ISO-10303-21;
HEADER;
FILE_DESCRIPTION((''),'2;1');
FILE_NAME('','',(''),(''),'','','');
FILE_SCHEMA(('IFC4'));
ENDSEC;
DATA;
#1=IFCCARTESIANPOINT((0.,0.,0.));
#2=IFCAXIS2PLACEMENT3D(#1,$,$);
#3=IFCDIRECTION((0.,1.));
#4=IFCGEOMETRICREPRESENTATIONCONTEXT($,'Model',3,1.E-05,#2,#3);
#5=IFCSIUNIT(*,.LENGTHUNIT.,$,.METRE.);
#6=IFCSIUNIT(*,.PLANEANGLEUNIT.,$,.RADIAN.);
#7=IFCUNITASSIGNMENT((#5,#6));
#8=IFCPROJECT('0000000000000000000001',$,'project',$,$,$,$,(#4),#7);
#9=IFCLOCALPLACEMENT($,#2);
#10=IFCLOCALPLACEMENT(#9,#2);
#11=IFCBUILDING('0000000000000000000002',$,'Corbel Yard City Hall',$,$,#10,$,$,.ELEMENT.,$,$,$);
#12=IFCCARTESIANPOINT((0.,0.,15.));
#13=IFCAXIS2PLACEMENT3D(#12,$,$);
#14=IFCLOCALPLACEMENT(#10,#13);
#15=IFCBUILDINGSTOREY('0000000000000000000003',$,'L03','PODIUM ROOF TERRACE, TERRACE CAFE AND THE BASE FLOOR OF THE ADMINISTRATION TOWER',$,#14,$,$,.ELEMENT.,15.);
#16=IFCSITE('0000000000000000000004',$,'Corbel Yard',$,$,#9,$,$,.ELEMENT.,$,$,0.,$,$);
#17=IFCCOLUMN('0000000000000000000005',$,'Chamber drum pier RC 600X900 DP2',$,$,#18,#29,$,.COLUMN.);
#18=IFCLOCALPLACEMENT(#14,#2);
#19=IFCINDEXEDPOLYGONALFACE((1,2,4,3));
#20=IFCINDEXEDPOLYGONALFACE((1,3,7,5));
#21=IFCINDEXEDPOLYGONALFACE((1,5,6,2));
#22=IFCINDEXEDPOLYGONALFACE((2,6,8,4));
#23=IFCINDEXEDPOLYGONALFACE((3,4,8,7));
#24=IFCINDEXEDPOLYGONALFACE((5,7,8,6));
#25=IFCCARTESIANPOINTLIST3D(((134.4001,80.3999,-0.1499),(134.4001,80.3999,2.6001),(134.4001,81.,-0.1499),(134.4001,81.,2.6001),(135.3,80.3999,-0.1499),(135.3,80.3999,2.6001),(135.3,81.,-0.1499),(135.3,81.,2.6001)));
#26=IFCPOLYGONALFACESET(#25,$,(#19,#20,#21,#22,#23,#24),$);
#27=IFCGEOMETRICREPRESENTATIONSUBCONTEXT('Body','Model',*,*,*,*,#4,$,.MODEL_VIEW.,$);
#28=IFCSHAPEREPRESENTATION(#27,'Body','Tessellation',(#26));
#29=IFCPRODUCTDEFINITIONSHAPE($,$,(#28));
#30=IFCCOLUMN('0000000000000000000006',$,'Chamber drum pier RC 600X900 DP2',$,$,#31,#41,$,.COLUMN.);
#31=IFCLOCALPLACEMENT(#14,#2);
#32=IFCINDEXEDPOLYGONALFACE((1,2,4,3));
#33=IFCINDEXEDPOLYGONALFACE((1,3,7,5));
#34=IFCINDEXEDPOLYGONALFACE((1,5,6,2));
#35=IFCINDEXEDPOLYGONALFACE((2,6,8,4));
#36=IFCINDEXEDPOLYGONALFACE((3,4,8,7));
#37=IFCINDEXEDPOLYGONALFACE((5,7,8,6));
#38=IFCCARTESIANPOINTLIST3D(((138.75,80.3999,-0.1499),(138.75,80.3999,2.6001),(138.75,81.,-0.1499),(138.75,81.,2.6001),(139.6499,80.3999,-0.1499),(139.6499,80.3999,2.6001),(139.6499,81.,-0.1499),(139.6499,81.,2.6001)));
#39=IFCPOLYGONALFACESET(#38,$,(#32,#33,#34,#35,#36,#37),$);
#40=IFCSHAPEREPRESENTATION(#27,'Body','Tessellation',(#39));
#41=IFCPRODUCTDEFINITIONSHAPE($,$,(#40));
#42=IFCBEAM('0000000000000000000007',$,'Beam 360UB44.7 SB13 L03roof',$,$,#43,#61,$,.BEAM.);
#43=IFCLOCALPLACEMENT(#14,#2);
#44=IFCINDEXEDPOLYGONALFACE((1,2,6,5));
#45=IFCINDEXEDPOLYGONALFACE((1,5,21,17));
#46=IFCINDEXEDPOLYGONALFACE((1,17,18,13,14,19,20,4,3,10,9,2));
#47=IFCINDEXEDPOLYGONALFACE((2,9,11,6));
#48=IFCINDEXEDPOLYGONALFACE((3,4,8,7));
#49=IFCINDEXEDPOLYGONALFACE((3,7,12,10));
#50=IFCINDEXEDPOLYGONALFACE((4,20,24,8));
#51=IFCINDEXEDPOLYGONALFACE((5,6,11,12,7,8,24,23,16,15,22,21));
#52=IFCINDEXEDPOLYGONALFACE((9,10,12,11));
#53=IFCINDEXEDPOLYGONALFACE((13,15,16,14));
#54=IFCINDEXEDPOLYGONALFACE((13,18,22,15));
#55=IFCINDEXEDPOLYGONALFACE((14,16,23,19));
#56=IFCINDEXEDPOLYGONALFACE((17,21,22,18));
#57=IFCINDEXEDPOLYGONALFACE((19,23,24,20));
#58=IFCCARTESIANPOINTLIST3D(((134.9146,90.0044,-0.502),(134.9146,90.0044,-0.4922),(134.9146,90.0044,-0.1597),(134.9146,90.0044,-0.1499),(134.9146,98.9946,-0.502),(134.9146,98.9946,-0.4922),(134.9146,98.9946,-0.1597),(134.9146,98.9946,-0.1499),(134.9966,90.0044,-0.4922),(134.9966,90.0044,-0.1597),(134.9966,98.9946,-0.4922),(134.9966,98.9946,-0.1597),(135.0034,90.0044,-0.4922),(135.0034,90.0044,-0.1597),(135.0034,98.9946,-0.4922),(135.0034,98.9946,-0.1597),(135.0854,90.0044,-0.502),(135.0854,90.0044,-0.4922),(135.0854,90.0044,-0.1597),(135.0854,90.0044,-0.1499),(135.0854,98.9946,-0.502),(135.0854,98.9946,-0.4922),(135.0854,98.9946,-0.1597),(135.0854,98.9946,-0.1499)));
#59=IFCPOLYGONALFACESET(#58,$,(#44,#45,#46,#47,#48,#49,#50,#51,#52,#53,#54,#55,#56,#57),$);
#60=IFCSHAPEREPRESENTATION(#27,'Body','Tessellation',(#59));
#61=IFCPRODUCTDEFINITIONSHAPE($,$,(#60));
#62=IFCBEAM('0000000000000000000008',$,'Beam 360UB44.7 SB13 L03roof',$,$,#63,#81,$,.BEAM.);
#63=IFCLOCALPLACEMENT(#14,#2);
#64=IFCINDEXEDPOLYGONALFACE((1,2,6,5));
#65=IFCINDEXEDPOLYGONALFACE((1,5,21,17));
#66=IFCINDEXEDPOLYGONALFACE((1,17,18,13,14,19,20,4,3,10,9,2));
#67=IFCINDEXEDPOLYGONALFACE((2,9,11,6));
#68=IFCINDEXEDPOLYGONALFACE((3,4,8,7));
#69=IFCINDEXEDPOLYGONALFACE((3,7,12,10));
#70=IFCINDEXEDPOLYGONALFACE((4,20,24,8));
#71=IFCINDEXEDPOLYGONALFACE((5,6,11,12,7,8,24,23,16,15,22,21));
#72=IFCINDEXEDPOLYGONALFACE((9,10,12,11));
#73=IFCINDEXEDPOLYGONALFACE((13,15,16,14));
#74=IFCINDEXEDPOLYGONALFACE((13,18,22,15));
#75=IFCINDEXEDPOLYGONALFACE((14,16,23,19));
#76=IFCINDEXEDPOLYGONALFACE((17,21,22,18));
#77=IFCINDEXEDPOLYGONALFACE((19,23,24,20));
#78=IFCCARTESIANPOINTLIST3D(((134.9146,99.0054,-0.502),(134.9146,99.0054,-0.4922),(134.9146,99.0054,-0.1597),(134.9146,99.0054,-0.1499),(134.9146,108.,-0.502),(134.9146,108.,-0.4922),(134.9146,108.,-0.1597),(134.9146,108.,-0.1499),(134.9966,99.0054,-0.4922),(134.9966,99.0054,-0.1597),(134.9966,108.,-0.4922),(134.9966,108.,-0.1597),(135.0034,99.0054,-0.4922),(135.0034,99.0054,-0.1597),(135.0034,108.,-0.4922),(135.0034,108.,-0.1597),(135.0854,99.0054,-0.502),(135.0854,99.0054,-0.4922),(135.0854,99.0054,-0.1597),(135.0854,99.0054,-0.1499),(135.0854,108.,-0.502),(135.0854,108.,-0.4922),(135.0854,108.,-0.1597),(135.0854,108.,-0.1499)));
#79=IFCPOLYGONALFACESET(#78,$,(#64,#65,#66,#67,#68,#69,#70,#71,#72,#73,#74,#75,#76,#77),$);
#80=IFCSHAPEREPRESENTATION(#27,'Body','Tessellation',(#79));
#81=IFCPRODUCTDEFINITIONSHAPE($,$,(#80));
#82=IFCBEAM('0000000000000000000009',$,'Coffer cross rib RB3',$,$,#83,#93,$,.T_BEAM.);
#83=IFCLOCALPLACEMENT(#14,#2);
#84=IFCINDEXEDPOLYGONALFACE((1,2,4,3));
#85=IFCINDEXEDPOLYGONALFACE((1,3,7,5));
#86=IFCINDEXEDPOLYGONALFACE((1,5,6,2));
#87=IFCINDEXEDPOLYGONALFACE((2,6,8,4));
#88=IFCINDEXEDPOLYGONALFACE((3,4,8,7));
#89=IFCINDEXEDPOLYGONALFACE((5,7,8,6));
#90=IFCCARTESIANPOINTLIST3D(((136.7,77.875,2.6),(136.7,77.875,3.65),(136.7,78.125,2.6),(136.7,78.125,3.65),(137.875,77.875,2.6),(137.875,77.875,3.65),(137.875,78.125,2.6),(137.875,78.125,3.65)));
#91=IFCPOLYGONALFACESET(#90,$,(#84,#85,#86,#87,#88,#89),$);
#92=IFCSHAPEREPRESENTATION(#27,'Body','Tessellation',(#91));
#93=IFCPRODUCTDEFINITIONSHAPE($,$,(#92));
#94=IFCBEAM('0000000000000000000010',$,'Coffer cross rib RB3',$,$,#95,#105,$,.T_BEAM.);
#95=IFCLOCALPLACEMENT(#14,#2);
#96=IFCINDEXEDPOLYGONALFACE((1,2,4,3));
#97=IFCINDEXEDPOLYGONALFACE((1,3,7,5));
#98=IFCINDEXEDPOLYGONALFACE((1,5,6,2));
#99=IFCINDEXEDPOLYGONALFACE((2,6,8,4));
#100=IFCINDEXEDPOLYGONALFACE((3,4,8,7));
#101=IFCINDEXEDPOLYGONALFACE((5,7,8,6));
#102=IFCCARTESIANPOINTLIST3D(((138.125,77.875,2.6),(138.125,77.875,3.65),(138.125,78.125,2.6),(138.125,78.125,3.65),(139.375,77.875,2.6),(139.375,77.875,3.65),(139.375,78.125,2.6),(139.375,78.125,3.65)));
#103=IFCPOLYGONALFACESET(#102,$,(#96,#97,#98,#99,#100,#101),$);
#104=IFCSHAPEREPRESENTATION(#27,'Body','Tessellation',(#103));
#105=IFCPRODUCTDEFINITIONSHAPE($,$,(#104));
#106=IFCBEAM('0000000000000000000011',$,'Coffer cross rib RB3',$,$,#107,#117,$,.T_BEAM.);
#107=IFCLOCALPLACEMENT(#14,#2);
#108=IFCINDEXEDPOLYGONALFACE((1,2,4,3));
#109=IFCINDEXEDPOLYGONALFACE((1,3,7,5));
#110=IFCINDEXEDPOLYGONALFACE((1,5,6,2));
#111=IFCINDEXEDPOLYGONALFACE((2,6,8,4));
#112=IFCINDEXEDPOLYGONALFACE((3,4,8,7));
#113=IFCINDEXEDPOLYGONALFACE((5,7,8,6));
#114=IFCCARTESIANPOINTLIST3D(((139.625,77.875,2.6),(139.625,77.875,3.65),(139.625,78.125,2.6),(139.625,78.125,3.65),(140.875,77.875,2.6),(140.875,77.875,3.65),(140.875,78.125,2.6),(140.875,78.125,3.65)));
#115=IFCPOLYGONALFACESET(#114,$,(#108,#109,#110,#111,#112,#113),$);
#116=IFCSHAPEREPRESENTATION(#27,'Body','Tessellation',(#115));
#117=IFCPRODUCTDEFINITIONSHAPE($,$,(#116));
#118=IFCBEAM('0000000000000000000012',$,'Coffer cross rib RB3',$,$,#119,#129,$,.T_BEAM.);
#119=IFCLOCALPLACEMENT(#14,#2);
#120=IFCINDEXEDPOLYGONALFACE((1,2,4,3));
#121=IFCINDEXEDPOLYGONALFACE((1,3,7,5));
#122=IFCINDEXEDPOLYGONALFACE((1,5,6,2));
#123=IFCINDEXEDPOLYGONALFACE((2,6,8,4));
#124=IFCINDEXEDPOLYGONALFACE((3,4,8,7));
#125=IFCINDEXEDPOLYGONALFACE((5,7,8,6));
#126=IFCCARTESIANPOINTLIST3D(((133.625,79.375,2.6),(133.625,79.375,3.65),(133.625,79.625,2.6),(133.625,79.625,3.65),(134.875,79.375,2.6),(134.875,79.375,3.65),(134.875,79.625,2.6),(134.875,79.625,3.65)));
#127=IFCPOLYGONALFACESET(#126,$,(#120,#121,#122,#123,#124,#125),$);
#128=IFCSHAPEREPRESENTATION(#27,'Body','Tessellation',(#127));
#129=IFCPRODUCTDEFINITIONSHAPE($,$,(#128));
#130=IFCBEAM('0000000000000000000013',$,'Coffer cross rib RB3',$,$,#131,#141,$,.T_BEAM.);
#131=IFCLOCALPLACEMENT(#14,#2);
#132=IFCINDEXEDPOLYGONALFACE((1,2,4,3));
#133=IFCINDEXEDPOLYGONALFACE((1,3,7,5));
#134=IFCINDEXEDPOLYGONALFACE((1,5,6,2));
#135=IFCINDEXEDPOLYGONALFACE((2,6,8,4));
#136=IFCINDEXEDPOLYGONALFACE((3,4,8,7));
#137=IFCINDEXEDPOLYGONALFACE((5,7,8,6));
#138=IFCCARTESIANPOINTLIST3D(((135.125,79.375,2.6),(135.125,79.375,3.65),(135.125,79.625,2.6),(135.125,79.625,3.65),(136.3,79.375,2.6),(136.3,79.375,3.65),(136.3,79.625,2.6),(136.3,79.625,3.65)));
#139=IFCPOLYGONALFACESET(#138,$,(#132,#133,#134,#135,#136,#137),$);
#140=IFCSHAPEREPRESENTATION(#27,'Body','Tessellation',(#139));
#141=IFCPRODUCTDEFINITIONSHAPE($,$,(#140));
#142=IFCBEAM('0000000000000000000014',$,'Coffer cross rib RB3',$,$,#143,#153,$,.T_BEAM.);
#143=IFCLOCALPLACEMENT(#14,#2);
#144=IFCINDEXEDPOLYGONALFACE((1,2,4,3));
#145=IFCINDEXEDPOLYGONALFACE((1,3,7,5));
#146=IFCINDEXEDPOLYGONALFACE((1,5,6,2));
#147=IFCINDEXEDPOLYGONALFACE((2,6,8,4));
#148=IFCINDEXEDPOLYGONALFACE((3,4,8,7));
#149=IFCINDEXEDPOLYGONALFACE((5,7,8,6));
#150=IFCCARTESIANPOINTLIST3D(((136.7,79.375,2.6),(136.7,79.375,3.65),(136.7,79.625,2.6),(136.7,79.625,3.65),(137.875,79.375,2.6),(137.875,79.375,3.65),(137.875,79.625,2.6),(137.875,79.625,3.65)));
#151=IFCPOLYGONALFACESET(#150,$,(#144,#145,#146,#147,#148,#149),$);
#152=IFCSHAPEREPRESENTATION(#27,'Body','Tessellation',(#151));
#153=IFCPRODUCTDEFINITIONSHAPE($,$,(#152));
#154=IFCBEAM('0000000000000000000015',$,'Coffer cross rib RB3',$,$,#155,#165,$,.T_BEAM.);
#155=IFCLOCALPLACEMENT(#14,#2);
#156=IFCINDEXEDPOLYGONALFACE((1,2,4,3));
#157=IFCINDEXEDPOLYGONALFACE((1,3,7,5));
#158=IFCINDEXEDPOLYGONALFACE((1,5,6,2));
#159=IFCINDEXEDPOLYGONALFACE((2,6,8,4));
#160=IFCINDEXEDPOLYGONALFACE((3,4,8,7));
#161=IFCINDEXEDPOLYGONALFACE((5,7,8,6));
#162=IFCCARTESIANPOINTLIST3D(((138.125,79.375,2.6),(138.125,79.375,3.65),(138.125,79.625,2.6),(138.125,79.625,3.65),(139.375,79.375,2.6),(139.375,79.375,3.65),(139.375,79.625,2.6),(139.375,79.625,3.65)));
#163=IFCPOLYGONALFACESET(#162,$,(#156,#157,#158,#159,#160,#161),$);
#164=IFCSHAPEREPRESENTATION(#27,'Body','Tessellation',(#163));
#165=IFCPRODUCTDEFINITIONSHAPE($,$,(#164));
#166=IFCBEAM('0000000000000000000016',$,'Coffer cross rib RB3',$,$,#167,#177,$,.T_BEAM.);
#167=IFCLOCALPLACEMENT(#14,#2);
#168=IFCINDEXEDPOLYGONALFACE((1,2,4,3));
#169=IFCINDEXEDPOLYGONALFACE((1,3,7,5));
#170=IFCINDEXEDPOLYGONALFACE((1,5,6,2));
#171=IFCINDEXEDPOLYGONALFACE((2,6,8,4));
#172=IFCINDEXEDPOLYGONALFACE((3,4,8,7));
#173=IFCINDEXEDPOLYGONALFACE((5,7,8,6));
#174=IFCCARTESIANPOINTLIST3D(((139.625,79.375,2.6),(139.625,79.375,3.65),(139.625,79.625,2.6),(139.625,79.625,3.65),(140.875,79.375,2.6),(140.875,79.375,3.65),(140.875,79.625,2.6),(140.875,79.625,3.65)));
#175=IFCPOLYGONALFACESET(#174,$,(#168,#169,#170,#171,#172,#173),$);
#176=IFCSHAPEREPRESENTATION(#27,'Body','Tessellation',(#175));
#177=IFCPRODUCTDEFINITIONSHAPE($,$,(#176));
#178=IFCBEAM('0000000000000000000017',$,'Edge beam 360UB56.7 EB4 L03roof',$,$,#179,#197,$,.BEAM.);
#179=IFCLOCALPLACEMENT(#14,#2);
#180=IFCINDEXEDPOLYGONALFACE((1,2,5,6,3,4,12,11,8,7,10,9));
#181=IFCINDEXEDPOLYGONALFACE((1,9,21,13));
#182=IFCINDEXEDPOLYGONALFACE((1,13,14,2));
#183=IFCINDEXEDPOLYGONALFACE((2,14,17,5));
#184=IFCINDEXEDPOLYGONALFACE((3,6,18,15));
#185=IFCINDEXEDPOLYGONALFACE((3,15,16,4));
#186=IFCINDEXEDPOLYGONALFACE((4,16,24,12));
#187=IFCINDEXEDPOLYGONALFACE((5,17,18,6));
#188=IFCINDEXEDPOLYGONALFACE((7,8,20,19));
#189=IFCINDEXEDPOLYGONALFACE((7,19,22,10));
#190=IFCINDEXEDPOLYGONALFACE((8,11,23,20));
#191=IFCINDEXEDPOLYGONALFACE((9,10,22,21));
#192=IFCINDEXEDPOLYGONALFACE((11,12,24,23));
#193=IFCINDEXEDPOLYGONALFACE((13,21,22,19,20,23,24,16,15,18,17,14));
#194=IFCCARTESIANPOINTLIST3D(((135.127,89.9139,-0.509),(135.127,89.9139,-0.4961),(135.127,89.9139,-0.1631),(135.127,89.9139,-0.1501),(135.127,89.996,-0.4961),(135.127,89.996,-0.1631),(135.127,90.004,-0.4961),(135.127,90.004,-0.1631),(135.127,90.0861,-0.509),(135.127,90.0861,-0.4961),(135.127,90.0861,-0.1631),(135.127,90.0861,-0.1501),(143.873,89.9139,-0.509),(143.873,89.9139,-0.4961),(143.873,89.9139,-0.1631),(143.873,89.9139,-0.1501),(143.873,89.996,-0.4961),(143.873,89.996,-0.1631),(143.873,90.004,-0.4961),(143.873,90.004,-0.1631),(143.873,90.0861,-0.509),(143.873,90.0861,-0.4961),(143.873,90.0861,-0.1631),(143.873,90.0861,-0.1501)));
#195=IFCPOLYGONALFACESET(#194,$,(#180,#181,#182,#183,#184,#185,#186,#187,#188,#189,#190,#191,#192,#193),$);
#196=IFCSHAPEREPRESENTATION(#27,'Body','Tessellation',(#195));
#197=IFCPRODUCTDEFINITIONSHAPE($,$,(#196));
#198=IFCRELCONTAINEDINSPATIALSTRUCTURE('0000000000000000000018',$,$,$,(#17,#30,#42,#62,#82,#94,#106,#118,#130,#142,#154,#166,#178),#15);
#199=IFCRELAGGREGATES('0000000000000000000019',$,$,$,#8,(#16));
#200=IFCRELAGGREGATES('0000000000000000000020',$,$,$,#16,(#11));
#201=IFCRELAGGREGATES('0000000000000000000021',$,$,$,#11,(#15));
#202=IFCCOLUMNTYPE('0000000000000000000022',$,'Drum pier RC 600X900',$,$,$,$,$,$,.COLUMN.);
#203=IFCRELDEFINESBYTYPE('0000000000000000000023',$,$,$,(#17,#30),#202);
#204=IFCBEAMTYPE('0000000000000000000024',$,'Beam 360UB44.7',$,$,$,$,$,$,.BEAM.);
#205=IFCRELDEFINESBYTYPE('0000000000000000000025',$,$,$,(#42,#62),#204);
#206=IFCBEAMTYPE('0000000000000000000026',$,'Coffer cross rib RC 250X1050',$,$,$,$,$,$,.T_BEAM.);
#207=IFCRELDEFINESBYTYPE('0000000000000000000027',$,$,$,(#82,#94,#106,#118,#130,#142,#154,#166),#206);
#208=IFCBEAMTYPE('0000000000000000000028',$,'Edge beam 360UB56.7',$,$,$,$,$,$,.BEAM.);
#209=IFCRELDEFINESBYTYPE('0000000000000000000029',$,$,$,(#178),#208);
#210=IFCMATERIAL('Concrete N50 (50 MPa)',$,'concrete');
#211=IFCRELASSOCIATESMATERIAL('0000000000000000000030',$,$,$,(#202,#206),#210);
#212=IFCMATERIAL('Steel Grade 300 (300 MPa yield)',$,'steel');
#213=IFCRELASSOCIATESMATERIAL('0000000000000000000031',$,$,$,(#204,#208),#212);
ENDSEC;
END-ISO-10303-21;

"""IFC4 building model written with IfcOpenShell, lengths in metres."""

from ifc_helpers import new_model, si_unit, direction, frame, origin, origin_2d, place, context, subcontext, project, spatial, rectangle, i_section, extrude, material, material_profile, profile_set, type_object, element, save


model = new_model("IFC4")

# Units and contexts
model_context = context("Model", 3, precision=1e-05, world=origin(), true_north=direction((0.0, 1.0)))
body_context = subcontext(model_context, "Body", "Model", "MODEL_VIEW")
ifc_project = project(units=[si_unit("LENGTHUNIT", "METRE"), si_unit("PLANEANGLEUNIT", "RADIAN")], contexts=[model_context])

# Site, building, storey
site_placement = place(None, origin())
site = spatial("IfcSite", under=ifc_project, at=site_placement, Name="Corbel Yard", CompositionType="ELEMENT", RefElevation=0.0)
building_placement = place(site_placement, origin())
building = spatial("IfcBuilding", under=site, at=building_placement, Name="Corbel Yard City Hall", CompositionType="ELEMENT")
storey_placement = place(building_placement, frame((0.0, 0.0, 15.0)))
storey = spatial("IfcBuildingStorey", under=building, at=storey_placement, Name="L03", Description="PODIUM ROOF TERRACE, TERRACE CAFE AND THE BASE FLOOR OF THE ADMINISTRATION TOWER", CompositionType="ELEMENT", Elevation=15.0)

# Columns
ifc_material_1 = material(Name="Concrete N50 (50 MPa)", Category="concrete")
ifc_material_profile_1 = material_profile(ifc_material_1, rectangle(XDim=0.6001, YDim=0.8999, at=origin_2d()), Name="600x900")
ifc_profile_set_1 = profile_set([ifc_material_profile_1], Name="Concrete N50 (50 MPa)")
column_type = type_object("IfcColumnType", Name="Drum pier RC 600X900", PredefinedType="COLUMN", material=ifc_profile_set_1)
for number, where, z_axis, x_axis, name in (
    (1, (134.8501, 80.7, -0.1499), (0.0, 0.0, 1.0), (0.0, 1.0, 0.0), "Chamber drum pier RC 600X900 DP2"),
    (2, (139.2, 80.7, -0.1499), (0.0, 0.0, 1.0), (0.0, 1.0, 0.0), "Chamber drum pier RC 600X900 DP2"),
):
    element("IfcColumn", number, at=place(storey_placement, frame(where, z_axis=z_axis, x_axis=x_axis)), inside=storey, type_object=column_type, Name=name, PredefinedType="COLUMN", context=body_context, shape_type="SweptSolid", body=[
        extrude(rectangle(XDim=0.6001, YDim=0.8999, at=origin_2d()), origin(), (0.0, 0.0, 1.0), 2.75),
    ])

# Beams
ifc_material_2 = material(Name="Steel Grade 300 (300 MPa yield)", Category="steel")
ifc_material_profile_2 = material_profile(ifc_material_2, i_section(OverallWidth=0.1709, OverallDepth=0.3521, WebThickness=0.0068, FlangeThickness=0.0098, at=origin_2d()), Name="360UB44.7")
ifc_profile_set_2 = profile_set([ifc_material_profile_2], Name="Steel Grade 300 (300 MPa yield)")
beam_type_1 = type_object("IfcBeamType", Name="Beam 360UB44.7", PredefinedType="BEAM", material=ifc_profile_set_2)
beam_1_placement = place(storey_placement, frame((135.0, 90.0044, -0.3259), z_axis=(0.0, 1.0, 0.0), x_axis=(-1.0, 0.0, 0.0)))
element("IfcBeam", 3, at=beam_1_placement, inside=storey, type_object=beam_type_1, Name="Beam 360UB44.7 SB13 L03roof", PredefinedType="BEAM", context=body_context, shape_type="SweptSolid", body=[
    extrude(i_section(OverallWidth=0.1709, OverallDepth=0.3521, WebThickness=0.0068, FlangeThickness=0.0098, at=origin_2d()), origin(), (0.0, 0.0, 1.0), 8.9902),
])
beam_2_placement = place(storey_placement, frame((135.0, 99.0054, -0.3259), z_axis=(0.0, 1.0, 0.0), x_axis=(-1.0, 0.0, 0.0)))
element("IfcBeam", 4, at=beam_2_placement, inside=storey, type_object=beam_type_1, Name="Beam 360UB44.7 SB13 L03roof", PredefinedType="BEAM", context=body_context, shape_type="SweptSolid", body=[
    extrude(i_section(OverallWidth=0.1709, OverallDepth=0.3521, WebThickness=0.0068, FlangeThickness=0.0098, at=origin_2d()), origin(), (0.0, 0.0, 1.0), 8.9946),
])
ifc_material_profile_3 = material_profile(ifc_material_1, rectangle(XDim=0.25, YDim=1.05, at=origin_2d()), Name="250x1050")
ifc_profile_set_3 = profile_set([ifc_material_profile_3], Name="Concrete N50 (50 MPa)")
beam_type_2 = type_object("IfcBeamType", Name="Coffer cross rib RC 250X1050", PredefinedType="T_BEAM", material=ifc_profile_set_3)
beam_3_placement = place(storey_placement, frame((136.7, 78.0, 3.125), z_axis=(1.0, 0.0, 0.0), x_axis=(0.0, 1.0, 0.0)))
element("IfcBeam", 5, at=beam_3_placement, inside=storey, type_object=beam_type_2, Name="Coffer cross rib RB3", PredefinedType="T_BEAM", context=body_context, shape_type="SweptSolid", body=[
    extrude(rectangle(XDim=0.25, YDim=1.05, at=origin_2d()), origin(), (0.0, 0.0, 1.0), 1.175),
])
for number, where, z_axis, x_axis, name in (
    (6, (138.125, 78.0, 3.125), (1.0, 0.0, 0.0), (0.0, 1.0, 0.0), "Coffer cross rib RB3"),
    (7, (139.625, 78.0, 3.125), (1.0, 0.0, 0.0), (0.0, 1.0, 0.0), "Coffer cross rib RB3"),
    (8, (133.625, 79.5, 3.125), (1.0, 0.0, 0.0), (0.0, 1.0, 0.0), "Coffer cross rib RB3"),
):
    element("IfcBeam", number, at=place(storey_placement, frame(where, z_axis=z_axis, x_axis=x_axis)), inside=storey, type_object=beam_type_2, Name=name, PredefinedType="T_BEAM", context=body_context, shape_type="SweptSolid", body=[
        extrude(rectangle(XDim=0.25, YDim=1.05, at=origin_2d()), origin(), (0.0, 0.0, 1.0), 1.25),
    ])
for number, where, z_axis, x_axis, name in (
    (9, (135.125, 79.5, 3.125), (1.0, 0.0, 0.0), (0.0, 1.0, 0.0), "Coffer cross rib RB3"),
    (10, (136.7, 79.5, 3.125), (1.0, 0.0, 0.0), (0.0, 1.0, 0.0), "Coffer cross rib RB3"),
):
    element("IfcBeam", number, at=place(storey_placement, frame(where, z_axis=z_axis, x_axis=x_axis)), inside=storey, type_object=beam_type_2, Name=name, PredefinedType="T_BEAM", context=body_context, shape_type="SweptSolid", body=[
        extrude(rectangle(XDim=0.25, YDim=1.05, at=origin_2d()), origin(), (0.0, 0.0, 1.0), 1.175),
    ])
for number, where, z_axis, x_axis, name in (
    (11, (138.125, 79.5, 3.125), (1.0, 0.0, 0.0), (0.0, 1.0, 0.0), "Coffer cross rib RB3"),
    (12, (139.625, 79.5, 3.125), (1.0, 0.0, 0.0), (0.0, 1.0, 0.0), "Coffer cross rib RB3"),
):
    element("IfcBeam", number, at=place(storey_placement, frame(where, z_axis=z_axis, x_axis=x_axis)), inside=storey, type_object=beam_type_2, Name=name, PredefinedType="T_BEAM", context=body_context, shape_type="SweptSolid", body=[
        extrude(rectangle(XDim=0.25, YDim=1.05, at=origin_2d()), origin(), (0.0, 0.0, 1.0), 1.25),
    ])
ifc_material_profile_4 = material_profile(ifc_material_2, i_section(OverallWidth=0.1721, OverallDepth=0.3589, WebThickness=0.0081, FlangeThickness=0.0129, at=origin_2d()), Name="360UB56.7")
ifc_profile_set_4 = profile_set([ifc_material_profile_4], Name="Steel Grade 300 (300 MPa yield)")
beam_type_3 = type_object("IfcBeamType", Name="Edge beam 360UB56.7", PredefinedType="BEAM", material=ifc_profile_set_4)
beam_4_placement = place(storey_placement, frame((135.127, 90.0, -0.3296), z_axis=(1.0, 0.0, 0.0), x_axis=(0.0, 1.0, 0.0)))
element("IfcBeam", 13, at=beam_4_placement, inside=storey, type_object=beam_type_3, Name="Edge beam 360UB56.7 EB4 L03roof", PredefinedType="BEAM", context=body_context, shape_type="SweptSolid", body=[
    extrude(i_section(OverallWidth=0.1721, OverallDepth=0.3589, WebThickness=0.0081, FlangeThickness=0.0129, at=origin_2d()), origin(), (0.0, 0.0, 1.0), 8.7461),
])

save(model, "model.ifc")
